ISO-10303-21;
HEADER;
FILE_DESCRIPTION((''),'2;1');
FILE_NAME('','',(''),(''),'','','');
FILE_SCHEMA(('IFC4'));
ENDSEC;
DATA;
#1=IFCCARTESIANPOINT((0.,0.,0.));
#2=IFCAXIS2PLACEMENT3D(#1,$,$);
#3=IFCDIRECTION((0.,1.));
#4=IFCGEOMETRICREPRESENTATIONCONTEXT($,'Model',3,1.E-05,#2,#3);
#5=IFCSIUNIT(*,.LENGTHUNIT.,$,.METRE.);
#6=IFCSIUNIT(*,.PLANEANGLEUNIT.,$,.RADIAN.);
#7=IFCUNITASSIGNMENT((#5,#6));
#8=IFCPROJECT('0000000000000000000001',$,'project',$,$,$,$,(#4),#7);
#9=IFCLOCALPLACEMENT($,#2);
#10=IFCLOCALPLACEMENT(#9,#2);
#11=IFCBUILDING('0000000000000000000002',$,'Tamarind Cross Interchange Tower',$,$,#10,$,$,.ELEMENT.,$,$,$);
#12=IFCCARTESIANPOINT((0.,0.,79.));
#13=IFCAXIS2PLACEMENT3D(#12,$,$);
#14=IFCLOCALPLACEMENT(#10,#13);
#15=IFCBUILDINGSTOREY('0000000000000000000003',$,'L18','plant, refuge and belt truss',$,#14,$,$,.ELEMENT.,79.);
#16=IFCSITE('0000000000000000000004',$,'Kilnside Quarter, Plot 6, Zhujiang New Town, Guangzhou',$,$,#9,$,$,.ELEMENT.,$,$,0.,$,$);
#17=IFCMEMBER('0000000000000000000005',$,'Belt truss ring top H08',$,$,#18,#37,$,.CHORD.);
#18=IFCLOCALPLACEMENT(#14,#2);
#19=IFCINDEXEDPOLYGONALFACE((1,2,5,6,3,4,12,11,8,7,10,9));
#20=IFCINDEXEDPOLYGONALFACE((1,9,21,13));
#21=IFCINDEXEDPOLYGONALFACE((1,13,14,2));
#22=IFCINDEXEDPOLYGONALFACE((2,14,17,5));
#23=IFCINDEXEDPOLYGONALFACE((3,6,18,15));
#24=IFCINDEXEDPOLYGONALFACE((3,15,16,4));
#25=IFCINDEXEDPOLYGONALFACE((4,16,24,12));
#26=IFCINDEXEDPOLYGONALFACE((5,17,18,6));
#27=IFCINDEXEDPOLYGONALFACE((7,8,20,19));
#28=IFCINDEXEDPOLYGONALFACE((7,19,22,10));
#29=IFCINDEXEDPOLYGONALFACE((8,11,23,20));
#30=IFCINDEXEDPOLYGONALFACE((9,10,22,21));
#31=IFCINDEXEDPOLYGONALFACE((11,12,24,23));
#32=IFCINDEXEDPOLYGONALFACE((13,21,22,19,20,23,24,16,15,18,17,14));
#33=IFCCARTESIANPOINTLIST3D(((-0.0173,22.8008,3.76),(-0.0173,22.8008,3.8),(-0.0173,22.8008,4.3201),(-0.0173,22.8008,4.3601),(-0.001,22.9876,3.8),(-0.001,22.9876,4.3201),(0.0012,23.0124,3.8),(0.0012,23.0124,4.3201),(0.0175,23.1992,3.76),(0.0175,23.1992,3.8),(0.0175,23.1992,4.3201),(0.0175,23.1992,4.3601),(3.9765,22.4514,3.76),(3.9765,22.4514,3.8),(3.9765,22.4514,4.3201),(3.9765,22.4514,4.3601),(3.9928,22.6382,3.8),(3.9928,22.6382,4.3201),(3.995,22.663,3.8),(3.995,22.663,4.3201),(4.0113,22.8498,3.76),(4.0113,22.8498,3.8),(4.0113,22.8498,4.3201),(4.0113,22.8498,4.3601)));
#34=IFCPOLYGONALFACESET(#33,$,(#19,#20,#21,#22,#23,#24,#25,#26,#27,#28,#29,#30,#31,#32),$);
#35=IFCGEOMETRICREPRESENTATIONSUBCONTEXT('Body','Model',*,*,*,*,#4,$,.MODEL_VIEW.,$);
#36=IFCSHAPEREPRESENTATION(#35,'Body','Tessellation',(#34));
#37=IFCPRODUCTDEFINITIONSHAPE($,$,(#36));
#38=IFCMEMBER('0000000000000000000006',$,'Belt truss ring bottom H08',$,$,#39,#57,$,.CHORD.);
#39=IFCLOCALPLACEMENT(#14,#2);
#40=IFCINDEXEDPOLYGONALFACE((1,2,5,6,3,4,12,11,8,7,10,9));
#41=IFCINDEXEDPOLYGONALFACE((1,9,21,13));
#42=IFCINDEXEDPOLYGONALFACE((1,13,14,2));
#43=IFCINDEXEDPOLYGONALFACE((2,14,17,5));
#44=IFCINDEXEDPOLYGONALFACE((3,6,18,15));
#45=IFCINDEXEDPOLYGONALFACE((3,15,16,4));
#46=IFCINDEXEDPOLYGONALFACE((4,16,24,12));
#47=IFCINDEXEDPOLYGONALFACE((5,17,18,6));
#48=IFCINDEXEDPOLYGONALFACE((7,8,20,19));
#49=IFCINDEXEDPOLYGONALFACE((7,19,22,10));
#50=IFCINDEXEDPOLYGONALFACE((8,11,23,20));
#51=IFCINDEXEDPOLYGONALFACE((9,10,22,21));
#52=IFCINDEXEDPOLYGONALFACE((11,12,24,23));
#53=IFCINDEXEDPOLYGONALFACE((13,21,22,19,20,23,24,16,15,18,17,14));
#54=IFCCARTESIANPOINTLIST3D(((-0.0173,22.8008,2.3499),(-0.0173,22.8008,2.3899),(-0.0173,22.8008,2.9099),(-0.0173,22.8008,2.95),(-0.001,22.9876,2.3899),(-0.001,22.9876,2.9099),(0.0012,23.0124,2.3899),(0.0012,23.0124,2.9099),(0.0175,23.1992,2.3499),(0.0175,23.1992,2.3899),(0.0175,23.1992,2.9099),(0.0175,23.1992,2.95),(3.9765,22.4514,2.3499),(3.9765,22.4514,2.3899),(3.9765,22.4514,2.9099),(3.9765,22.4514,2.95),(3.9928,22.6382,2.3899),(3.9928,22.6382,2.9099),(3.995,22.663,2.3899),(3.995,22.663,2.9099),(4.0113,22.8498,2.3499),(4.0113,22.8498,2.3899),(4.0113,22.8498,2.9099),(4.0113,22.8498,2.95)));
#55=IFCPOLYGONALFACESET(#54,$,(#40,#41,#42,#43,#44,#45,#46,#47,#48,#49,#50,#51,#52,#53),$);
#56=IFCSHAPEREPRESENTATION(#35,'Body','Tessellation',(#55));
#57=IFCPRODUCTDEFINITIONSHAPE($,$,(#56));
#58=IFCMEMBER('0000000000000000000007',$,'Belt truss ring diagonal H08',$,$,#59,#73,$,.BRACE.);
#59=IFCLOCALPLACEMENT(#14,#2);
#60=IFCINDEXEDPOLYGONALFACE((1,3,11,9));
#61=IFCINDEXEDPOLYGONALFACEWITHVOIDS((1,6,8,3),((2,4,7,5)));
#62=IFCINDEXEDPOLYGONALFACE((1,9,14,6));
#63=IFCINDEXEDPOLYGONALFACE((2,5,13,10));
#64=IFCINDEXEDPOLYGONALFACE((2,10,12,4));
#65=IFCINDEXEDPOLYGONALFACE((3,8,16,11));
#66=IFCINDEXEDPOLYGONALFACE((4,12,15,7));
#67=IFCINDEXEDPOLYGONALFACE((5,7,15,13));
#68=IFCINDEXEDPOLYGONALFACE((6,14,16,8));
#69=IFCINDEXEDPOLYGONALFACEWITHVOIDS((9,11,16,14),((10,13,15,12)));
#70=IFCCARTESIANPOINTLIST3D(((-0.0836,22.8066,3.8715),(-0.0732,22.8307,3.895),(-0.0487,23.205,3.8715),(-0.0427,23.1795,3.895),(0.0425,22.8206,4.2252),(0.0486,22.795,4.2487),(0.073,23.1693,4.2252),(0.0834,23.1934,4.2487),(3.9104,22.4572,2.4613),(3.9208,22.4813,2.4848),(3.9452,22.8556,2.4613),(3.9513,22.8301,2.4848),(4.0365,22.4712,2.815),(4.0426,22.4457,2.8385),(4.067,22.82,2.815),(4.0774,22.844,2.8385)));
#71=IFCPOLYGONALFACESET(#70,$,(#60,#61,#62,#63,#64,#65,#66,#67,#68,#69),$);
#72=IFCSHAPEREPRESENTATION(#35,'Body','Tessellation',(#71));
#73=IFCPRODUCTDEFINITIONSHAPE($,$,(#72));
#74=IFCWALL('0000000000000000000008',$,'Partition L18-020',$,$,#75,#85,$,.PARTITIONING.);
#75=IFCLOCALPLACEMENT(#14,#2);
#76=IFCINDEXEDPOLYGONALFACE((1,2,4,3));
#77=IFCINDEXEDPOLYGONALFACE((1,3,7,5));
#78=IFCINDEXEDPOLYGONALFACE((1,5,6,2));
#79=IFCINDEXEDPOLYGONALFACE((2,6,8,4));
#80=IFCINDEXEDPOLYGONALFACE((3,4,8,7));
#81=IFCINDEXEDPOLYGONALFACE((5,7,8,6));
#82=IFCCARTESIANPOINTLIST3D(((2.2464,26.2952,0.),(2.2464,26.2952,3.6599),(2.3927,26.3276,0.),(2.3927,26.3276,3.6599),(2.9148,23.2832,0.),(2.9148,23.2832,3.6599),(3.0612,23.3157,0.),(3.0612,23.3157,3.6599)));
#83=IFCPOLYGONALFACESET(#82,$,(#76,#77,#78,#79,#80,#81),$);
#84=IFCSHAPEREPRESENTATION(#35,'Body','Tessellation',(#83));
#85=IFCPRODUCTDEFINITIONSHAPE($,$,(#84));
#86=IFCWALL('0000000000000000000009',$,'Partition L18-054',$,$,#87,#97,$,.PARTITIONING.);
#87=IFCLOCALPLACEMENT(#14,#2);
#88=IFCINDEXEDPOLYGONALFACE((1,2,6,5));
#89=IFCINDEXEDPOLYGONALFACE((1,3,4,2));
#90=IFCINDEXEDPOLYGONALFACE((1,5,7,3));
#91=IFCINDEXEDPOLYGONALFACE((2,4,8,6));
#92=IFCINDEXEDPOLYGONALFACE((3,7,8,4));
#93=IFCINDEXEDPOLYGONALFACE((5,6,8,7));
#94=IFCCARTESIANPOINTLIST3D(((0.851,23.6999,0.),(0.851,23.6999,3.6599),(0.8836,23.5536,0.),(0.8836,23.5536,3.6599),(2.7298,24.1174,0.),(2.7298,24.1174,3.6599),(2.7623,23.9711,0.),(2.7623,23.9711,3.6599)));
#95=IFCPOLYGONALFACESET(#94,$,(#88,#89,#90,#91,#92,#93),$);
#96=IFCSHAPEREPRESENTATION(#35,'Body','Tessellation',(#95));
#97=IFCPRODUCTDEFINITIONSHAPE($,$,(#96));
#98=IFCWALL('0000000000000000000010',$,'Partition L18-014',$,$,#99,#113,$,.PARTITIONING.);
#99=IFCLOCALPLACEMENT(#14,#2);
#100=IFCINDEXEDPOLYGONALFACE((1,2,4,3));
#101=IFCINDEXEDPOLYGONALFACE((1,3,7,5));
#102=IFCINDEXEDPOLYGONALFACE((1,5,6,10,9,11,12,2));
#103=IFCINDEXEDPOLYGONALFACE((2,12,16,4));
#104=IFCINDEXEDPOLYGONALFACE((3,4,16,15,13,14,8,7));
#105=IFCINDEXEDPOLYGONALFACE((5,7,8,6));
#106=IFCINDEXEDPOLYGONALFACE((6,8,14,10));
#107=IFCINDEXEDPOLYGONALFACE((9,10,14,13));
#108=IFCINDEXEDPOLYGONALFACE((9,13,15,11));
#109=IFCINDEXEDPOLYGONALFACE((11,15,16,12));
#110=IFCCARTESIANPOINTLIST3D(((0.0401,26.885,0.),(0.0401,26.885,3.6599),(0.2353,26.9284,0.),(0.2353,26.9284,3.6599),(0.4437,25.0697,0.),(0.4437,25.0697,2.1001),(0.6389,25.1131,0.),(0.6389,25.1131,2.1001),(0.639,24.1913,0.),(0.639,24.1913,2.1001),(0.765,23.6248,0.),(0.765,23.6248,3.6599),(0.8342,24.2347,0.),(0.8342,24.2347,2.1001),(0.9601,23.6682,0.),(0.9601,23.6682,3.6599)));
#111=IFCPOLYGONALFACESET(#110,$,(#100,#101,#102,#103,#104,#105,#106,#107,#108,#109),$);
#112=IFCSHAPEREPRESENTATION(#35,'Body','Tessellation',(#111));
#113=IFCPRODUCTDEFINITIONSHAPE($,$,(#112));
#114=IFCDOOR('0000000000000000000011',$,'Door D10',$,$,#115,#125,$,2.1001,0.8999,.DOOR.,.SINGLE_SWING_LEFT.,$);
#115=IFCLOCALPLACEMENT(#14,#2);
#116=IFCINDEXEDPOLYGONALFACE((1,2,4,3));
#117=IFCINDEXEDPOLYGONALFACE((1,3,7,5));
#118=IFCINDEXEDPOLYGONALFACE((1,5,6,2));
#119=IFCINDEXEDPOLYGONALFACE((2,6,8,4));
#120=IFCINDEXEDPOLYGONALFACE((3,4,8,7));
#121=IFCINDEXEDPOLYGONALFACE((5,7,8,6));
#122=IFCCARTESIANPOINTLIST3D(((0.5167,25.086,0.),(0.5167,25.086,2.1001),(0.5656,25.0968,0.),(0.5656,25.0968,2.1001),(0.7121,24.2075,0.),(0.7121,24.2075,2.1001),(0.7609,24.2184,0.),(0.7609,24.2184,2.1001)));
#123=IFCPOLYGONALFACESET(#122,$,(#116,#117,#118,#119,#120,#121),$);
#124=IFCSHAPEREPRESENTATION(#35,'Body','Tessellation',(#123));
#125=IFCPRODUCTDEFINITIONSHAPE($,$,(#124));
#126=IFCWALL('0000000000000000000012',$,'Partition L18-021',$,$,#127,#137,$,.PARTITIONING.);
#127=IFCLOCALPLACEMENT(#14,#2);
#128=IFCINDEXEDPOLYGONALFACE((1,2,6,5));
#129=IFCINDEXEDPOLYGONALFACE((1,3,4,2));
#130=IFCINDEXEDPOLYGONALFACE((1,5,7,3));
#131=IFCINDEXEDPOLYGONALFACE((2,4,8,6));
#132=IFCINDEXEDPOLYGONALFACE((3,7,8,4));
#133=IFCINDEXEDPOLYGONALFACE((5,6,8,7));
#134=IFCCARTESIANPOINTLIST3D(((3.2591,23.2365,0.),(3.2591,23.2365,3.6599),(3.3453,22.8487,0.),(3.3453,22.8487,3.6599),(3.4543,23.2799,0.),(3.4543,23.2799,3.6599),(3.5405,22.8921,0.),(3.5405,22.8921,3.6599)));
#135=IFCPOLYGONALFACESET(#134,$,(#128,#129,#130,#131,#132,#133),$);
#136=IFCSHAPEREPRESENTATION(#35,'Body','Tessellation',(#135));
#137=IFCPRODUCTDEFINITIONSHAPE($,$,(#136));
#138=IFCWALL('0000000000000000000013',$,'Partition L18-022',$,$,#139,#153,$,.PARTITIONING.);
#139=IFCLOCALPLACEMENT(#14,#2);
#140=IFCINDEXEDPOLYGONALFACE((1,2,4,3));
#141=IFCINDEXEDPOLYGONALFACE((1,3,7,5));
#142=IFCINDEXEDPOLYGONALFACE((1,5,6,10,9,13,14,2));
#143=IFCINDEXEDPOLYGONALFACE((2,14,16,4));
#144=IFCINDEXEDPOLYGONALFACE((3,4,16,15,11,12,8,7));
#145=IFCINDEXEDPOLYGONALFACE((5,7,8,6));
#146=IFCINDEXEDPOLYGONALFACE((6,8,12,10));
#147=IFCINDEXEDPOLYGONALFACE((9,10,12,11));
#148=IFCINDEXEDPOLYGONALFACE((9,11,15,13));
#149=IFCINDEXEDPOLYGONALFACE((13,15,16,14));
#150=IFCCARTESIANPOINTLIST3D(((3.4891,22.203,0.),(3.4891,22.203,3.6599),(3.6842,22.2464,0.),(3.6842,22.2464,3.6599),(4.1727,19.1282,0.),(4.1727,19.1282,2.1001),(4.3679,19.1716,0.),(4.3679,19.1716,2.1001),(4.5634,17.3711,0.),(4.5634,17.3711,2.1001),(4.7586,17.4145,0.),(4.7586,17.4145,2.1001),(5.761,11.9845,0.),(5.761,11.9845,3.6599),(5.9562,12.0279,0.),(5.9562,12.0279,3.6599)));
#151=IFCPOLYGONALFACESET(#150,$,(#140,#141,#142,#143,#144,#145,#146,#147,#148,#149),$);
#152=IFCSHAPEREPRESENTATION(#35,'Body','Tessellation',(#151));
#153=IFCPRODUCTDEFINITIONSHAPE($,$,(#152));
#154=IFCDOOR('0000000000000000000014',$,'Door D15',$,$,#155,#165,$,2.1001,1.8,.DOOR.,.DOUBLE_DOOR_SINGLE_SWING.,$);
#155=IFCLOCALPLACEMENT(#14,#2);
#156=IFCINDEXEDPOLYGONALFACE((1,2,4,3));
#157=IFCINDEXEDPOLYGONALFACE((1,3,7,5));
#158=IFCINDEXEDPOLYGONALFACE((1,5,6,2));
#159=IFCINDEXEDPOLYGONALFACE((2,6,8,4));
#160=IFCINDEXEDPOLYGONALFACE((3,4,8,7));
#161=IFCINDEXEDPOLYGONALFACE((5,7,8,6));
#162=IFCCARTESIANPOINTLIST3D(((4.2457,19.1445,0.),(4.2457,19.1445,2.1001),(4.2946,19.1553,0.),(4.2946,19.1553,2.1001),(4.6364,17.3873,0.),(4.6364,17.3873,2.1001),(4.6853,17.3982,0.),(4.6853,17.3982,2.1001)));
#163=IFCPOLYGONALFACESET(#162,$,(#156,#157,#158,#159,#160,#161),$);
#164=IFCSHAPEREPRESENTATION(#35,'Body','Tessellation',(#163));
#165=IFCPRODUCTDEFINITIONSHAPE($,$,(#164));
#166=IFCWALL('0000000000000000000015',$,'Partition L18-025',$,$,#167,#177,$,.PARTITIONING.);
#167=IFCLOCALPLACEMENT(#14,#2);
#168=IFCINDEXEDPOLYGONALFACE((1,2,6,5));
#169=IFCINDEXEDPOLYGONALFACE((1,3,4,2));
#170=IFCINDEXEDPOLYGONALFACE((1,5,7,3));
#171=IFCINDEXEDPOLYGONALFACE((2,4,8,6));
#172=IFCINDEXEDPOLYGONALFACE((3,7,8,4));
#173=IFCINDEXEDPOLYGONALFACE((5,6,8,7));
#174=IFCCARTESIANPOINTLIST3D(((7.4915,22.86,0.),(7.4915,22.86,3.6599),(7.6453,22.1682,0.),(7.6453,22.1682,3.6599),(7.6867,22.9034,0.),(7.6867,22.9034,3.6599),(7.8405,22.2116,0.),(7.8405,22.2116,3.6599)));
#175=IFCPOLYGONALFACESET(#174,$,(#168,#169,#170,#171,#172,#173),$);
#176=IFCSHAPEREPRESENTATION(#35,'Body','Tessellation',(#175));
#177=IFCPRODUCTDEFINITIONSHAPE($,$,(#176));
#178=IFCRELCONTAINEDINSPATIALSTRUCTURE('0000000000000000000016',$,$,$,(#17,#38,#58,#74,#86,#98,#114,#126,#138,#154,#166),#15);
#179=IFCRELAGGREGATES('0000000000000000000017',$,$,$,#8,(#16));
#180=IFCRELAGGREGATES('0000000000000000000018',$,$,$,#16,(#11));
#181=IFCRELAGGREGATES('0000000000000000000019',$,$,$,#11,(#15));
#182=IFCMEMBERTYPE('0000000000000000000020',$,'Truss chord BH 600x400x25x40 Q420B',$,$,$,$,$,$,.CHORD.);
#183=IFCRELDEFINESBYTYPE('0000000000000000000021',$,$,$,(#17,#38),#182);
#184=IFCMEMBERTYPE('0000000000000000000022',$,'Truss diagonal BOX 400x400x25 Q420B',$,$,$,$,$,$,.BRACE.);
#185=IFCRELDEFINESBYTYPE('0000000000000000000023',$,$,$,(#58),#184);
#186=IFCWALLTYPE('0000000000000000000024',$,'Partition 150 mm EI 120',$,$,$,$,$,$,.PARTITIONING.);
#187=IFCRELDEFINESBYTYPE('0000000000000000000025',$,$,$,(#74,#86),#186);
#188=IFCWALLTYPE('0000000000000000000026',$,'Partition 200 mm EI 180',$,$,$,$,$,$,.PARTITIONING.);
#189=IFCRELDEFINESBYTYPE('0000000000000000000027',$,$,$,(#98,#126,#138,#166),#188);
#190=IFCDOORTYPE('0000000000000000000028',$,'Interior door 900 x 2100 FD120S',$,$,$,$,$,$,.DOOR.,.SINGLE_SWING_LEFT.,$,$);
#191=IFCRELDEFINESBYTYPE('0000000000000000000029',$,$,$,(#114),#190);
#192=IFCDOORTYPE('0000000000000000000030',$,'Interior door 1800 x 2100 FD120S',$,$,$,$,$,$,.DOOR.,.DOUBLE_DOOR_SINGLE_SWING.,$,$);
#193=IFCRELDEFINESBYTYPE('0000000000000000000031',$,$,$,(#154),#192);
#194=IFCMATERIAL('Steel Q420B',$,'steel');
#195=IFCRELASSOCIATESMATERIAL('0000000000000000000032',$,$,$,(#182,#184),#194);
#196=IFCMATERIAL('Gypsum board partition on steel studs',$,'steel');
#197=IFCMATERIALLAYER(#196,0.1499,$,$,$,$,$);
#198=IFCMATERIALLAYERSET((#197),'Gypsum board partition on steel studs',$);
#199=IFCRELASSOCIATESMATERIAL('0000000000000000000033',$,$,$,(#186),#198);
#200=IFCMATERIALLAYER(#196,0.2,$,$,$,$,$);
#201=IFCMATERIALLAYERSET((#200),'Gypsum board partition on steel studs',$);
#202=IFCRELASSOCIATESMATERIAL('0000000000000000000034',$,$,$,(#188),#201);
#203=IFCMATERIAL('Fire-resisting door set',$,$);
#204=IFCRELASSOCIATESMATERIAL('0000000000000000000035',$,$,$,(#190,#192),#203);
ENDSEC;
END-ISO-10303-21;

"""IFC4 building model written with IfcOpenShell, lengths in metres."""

from ifc_helpers import new_model, si_unit, direction, frame, frame_2d, origin, origin_2d, place, context, subcontext, project, spatial, rectangle, hollow_rectangle, i_section, extrude, material, layer, layer_set, material_profile, profile_set, type_object, element, fill, save


model = new_model("IFC4")

# Units and contexts
model_context = context("Model", 3, precision=1e-05, world=origin(), true_north=direction((0.0, 1.0)))
body_context = subcontext(model_context, "Body", "Model", "MODEL_VIEW")
ifc_project = project(units=[si_unit("LENGTHUNIT", "METRE"), si_unit("PLANEANGLEUNIT", "RADIAN")], contexts=[model_context])

# Site, building, storey
site_placement = place(None, origin())
site = spatial("IfcSite", under=ifc_project, at=site_placement, Name="Kilnside Quarter, Plot 6, Zhujiang New Town, Guangzhou", CompositionType="ELEMENT", RefElevation=0.0)
building_placement = place(site_placement, origin())
building = spatial("IfcBuilding", under=site, at=building_placement, Name="Tamarind Cross Interchange Tower", CompositionType="ELEMENT")
storey_placement = place(building_placement, frame((0.0, 0.0, 79.0)))
storey = spatial("IfcBuildingStorey", under=building, at=storey_placement, Name="L18", Description="plant, refuge and belt truss", CompositionType="ELEMENT", Elevation=79.0)

# Members
ifc_material_1 = material(Name="Steel Q420B", Category="steel")
ifc_material_profile_1 = material_profile(ifc_material_1, i_section(OverallWidth=0.3999, OverallDepth=0.6001, WebThickness=0.0249, FlangeThickness=0.04, at=origin_2d()), Name="BH 600x400x25x40")
ifc_profile_set_1 = profile_set([ifc_material_profile_1], Name="Steel Q420B")
member_type_1 = type_object("IfcMemberType", Name="Truss chord BH 600x400x25x40 Q420B", PredefinedType="CHORD", material=ifc_profile_set_1)
for number, where, z_axis, x_axis, name in (
    (1, (3.9939, 22.6506, 4.0601), (-0.996196, 0.087142, 0.0), (-0.087142, -0.996196, 0.0), "Belt truss ring top H08"),
    (2, (3.9939, 22.6506, 2.6499), (-0.996196, 0.087142, 0.0), (-0.087142, -0.996196, 0.0), "Belt truss ring bottom H08"),
):
    element("IfcMember", number, at=place(storey_placement, frame(where, z_axis=z_axis, x_axis=x_axis)), inside=storey, type_object=member_type_1, Name=name, PredefinedType="CHORD", context=body_context, shape_type="SweptSolid", body=[
        extrude(i_section(OverallWidth=0.3999, OverallDepth=0.6001, WebThickness=0.0249, FlangeThickness=0.04, at=origin_2d()), origin(), (0.0, 0.0, 1.0), 4.009),
    ])
ifc_material_profile_2 = material_profile(ifc_material_1, hollow_rectangle(XDim=0.3999, YDim=0.3999, WallThickness=0.0249, at=origin_2d()), Name="BOX 400x400x25")
ifc_profile_set_2 = profile_set([ifc_material_profile_2], Name="Steel Q420B")
member_type_2 = type_object("IfcMemberType", Name="Truss diagonal BOX 400x400x25 Q420B", PredefinedType="BRACE", material=ifc_profile_set_2)
member_1_placement = place(storey_placement, frame((3.9939, 22.6506, 2.6499), z_axis=(-0.939758, 0.082205, 0.331808), x_axis=(-0.087142, -0.996196, 0.0)))
element("IfcMember", 3, at=member_1_placement, inside=storey, type_object=member_type_2, Name="Belt truss ring diagonal H08", PredefinedType="BRACE", context=body_context, shape_type="SweptSolid", body=[
    extrude(hollow_rectangle(XDim=0.3999, YDim=0.3999, WallThickness=0.0249, at=origin_2d()), origin(), (0.0, 0.0, 1.0), 4.25),
])

# Walls
ifc_material_2 = material(Name="Gypsum board partition on steel studs", Category="steel")
ifc_layer_1 = layer(ifc_material_2, 0.1499)
ifc_layer_set_1 = layer_set([ifc_layer_1], Name="Gypsum board partition on steel studs")
wall_type_1 = type_object("IfcWallType", Name="Partition 150 mm EI 120", PredefinedType="PARTITIONING", material=ifc_layer_set_1)
wall_1_placement = place(storey_placement, frame((2.3196, 26.3113, 0.0), z_axis=(0.0, 0.0, 1.0), x_axis=(0.216662, -0.976247, 0.0)))
element("IfcWall", 4, at=wall_1_placement, inside=storey, type_object=wall_type_1, Name="Partition L18-020", PredefinedType="PARTITIONING", context=body_context, shape_type="SweptSolid", body=[
    extrude(rectangle(XDim=3.0852, YDim=0.1499, at=frame_2d((1.5425, 0.0))), origin(), (0.0, 0.0, 1.0), 3.6599),
])
wall_2_placement = place(storey_placement, frame((0.8672, 23.6267, 0.0), z_axis=(0.0, 0.0, 1.0), x_axis=(0.976187, 0.21693, 0.0)))
element("IfcWall", 5, at=wall_2_placement, inside=storey, type_object=wall_type_1, Name="Partition L18-054", PredefinedType="PARTITIONING", context=body_context, shape_type="SweptSolid", body=[
    extrude(rectangle(XDim=1.9246, YDim=0.1499, at=frame_2d((0.9624, 0.0))), origin(), (0.0, 0.0, 1.0), 3.6599),
])

# Wall, opening, door
ifc_layer_2 = layer(ifc_material_2, 0.2)
ifc_layer_set_2 = layer_set([ifc_layer_2], Name="Gypsum board partition on steel studs")
wall_type_2 = type_object("IfcWallType", Name="Partition 200 mm EI 180", PredefinedType="PARTITIONING", material=ifc_layer_set_2)
wall_3_placement = place(storey_placement, frame((0.1377, 26.9067, 0.0), z_axis=(0.0, 0.0, 1.0), x_axis=(0.217031, -0.976165, 0.0)))
wall_3 = element("IfcWall", 6, at=wall_3_placement, inside=storey, type_object=wall_type_2, Name="Partition L18-014", PredefinedType="PARTITIONING", context=body_context, shape_type="SweptSolid", body=[
    extrude(rectangle(XDim=3.3398, YDim=0.2, at=frame_2d((1.6699, 0.0))), origin(), (0.0, 0.0, 1.0), 3.6599),
])
opening_1_placement = place(wall_3_placement, frame((1.8596, 0.0, 0.0)))
opening_1 = element("IfcOpeningElement", 7, at=opening_1_placement, cuts=wall_3, PredefinedType="OPENING", context=body_context, shape_type="SweptSolid", body=[
    extrude(rectangle(XDim=0.8999, YDim=2.1001, at=frame_2d((0.45, 1.05))), frame((0.0, 0.1099, 0.0), z_axis=(0.0, -1.0, 0.0), x_axis=(1.0, 0.0, 0.0)), (0.0, 0.0, 1.0), 0.22),
])
ifc_material_3 = material(Name="Fire-resisting door set")
door_type_1 = type_object("IfcDoorType", Name="Interior door 900 x 2100 FD120S", OperationType="SINGLE_SWING_LEFT", PredefinedType="DOOR", material=ifc_material_3)
door_1_placement = place(opening_1_placement, origin())
door_1 = element("IfcDoor", 8, at=door_1_placement, inside=storey, type_object=door_type_1, Name="Door D10", OperationType="SINGLE_SWING_LEFT", OverallHeight=2.1001, OverallWidth=0.8999, PredefinedType="DOOR", context=body_context, shape_type="SweptSolid", body=[
    extrude(rectangle(XDim=0.8999, YDim=2.1001, at=frame_2d((0.45, 1.05))), frame((0.0, 0.0249, 0.0), z_axis=(0.0, -1.0, 0.0), x_axis=(1.0, 0.0, 0.0)), (0.0, 0.0, 1.0), 0.05),
])
fill(opening_1, door_1)

# Wall
wall_4_placement = place(storey_placement, frame((3.3567, 23.2583, 0.0), z_axis=(0.0, 0.0, 1.0), x_axis=(0.216996, -0.976173, 0.0)))
element("IfcWall", 9, at=wall_4_placement, inside=storey, type_object=wall_type_2, Name="Partition L18-021", PredefinedType="PARTITIONING", context=body_context, shape_type="SweptSolid", body=[
    extrude(rectangle(XDim=0.3972, YDim=0.2, at=frame_2d((0.1987, 0.0))), origin(), (0.0, 0.0, 1.0), 3.6599),
])

# Wall, opening, door
wall_5_placement = place(storey_placement, frame((3.5867, 22.2246, 0.0), z_axis=(0.0, 0.0, 1.0), x_axis=(0.217039, -0.976163, 0.0)))
wall_5 = element("IfcWall", 10, at=wall_5_placement, inside=storey, type_object=wall_type_2, Name="Partition L18-022", PredefinedType="PARTITIONING", context=body_context, shape_type="SweptSolid", body=[
    extrude(rectangle(XDim=10.468, YDim=0.2, at=frame_2d((5.2339, 0.0))), origin(), (0.0, 0.0, 1.0), 3.6599),
])
opening_2_placement = place(wall_5_placement, frame((3.1499, 0.0, 0.0)))
opening_2 = element("IfcOpeningElement", 11, at=opening_2_placement, cuts=wall_5, PredefinedType="OPENING", context=body_context, shape_type="SweptSolid", body=[
    extrude(rectangle(XDim=1.8, YDim=2.1001, at=frame_2d((0.8999, 1.05))), frame((0.0, 0.1099, 0.0), z_axis=(0.0, -1.0, 0.0), x_axis=(1.0, 0.0, 0.0)), (0.0, 0.0, 1.0), 0.22),
])
door_type_2 = type_object("IfcDoorType", Name="Interior door 1800 x 2100 FD120S", OperationType="DOUBLE_DOOR_SINGLE_SWING", PredefinedType="DOOR", material=ifc_material_3)
door_2_placement = place(opening_2_placement, origin())
door_2 = element("IfcDoor", 12, at=door_2_placement, inside=storey, type_object=door_type_2, Name="Door D15", OperationType="DOUBLE_DOOR_SINGLE_SWING", OverallHeight=2.1001, OverallWidth=1.8, PredefinedType="DOOR", context=body_context, shape_type="SweptSolid", body=[
    extrude(rectangle(XDim=1.8, YDim=2.1001, at=frame_2d((0.8999, 1.05))), frame((0.0, 0.0249, 0.0), z_axis=(0.0, -1.0, 0.0), x_axis=(1.0, 0.0, 0.0)), (0.0, 0.0, 1.0), 0.05),
])
fill(opening_2, door_2)

# Wall
wall_6_placement = place(storey_placement, frame((7.5891, 22.8818, 0.0), z_axis=(0.0, 0.0, 1.0), x_axis=(0.217003, -0.976171, 0.0)))
element("IfcWall", 13, at=wall_6_placement, inside=storey, type_object=wall_type_2, Name="Partition L18-025", PredefinedType="PARTITIONING", context=body_context, shape_type="SweptSolid", body=[
    extrude(rectangle(XDim=0.7087, YDim=0.2, at=frame_2d((0.3545, 0.0))), origin(), (0.0, 0.0, 1.0), 3.6599),
])

save(model, "model.ifc")
